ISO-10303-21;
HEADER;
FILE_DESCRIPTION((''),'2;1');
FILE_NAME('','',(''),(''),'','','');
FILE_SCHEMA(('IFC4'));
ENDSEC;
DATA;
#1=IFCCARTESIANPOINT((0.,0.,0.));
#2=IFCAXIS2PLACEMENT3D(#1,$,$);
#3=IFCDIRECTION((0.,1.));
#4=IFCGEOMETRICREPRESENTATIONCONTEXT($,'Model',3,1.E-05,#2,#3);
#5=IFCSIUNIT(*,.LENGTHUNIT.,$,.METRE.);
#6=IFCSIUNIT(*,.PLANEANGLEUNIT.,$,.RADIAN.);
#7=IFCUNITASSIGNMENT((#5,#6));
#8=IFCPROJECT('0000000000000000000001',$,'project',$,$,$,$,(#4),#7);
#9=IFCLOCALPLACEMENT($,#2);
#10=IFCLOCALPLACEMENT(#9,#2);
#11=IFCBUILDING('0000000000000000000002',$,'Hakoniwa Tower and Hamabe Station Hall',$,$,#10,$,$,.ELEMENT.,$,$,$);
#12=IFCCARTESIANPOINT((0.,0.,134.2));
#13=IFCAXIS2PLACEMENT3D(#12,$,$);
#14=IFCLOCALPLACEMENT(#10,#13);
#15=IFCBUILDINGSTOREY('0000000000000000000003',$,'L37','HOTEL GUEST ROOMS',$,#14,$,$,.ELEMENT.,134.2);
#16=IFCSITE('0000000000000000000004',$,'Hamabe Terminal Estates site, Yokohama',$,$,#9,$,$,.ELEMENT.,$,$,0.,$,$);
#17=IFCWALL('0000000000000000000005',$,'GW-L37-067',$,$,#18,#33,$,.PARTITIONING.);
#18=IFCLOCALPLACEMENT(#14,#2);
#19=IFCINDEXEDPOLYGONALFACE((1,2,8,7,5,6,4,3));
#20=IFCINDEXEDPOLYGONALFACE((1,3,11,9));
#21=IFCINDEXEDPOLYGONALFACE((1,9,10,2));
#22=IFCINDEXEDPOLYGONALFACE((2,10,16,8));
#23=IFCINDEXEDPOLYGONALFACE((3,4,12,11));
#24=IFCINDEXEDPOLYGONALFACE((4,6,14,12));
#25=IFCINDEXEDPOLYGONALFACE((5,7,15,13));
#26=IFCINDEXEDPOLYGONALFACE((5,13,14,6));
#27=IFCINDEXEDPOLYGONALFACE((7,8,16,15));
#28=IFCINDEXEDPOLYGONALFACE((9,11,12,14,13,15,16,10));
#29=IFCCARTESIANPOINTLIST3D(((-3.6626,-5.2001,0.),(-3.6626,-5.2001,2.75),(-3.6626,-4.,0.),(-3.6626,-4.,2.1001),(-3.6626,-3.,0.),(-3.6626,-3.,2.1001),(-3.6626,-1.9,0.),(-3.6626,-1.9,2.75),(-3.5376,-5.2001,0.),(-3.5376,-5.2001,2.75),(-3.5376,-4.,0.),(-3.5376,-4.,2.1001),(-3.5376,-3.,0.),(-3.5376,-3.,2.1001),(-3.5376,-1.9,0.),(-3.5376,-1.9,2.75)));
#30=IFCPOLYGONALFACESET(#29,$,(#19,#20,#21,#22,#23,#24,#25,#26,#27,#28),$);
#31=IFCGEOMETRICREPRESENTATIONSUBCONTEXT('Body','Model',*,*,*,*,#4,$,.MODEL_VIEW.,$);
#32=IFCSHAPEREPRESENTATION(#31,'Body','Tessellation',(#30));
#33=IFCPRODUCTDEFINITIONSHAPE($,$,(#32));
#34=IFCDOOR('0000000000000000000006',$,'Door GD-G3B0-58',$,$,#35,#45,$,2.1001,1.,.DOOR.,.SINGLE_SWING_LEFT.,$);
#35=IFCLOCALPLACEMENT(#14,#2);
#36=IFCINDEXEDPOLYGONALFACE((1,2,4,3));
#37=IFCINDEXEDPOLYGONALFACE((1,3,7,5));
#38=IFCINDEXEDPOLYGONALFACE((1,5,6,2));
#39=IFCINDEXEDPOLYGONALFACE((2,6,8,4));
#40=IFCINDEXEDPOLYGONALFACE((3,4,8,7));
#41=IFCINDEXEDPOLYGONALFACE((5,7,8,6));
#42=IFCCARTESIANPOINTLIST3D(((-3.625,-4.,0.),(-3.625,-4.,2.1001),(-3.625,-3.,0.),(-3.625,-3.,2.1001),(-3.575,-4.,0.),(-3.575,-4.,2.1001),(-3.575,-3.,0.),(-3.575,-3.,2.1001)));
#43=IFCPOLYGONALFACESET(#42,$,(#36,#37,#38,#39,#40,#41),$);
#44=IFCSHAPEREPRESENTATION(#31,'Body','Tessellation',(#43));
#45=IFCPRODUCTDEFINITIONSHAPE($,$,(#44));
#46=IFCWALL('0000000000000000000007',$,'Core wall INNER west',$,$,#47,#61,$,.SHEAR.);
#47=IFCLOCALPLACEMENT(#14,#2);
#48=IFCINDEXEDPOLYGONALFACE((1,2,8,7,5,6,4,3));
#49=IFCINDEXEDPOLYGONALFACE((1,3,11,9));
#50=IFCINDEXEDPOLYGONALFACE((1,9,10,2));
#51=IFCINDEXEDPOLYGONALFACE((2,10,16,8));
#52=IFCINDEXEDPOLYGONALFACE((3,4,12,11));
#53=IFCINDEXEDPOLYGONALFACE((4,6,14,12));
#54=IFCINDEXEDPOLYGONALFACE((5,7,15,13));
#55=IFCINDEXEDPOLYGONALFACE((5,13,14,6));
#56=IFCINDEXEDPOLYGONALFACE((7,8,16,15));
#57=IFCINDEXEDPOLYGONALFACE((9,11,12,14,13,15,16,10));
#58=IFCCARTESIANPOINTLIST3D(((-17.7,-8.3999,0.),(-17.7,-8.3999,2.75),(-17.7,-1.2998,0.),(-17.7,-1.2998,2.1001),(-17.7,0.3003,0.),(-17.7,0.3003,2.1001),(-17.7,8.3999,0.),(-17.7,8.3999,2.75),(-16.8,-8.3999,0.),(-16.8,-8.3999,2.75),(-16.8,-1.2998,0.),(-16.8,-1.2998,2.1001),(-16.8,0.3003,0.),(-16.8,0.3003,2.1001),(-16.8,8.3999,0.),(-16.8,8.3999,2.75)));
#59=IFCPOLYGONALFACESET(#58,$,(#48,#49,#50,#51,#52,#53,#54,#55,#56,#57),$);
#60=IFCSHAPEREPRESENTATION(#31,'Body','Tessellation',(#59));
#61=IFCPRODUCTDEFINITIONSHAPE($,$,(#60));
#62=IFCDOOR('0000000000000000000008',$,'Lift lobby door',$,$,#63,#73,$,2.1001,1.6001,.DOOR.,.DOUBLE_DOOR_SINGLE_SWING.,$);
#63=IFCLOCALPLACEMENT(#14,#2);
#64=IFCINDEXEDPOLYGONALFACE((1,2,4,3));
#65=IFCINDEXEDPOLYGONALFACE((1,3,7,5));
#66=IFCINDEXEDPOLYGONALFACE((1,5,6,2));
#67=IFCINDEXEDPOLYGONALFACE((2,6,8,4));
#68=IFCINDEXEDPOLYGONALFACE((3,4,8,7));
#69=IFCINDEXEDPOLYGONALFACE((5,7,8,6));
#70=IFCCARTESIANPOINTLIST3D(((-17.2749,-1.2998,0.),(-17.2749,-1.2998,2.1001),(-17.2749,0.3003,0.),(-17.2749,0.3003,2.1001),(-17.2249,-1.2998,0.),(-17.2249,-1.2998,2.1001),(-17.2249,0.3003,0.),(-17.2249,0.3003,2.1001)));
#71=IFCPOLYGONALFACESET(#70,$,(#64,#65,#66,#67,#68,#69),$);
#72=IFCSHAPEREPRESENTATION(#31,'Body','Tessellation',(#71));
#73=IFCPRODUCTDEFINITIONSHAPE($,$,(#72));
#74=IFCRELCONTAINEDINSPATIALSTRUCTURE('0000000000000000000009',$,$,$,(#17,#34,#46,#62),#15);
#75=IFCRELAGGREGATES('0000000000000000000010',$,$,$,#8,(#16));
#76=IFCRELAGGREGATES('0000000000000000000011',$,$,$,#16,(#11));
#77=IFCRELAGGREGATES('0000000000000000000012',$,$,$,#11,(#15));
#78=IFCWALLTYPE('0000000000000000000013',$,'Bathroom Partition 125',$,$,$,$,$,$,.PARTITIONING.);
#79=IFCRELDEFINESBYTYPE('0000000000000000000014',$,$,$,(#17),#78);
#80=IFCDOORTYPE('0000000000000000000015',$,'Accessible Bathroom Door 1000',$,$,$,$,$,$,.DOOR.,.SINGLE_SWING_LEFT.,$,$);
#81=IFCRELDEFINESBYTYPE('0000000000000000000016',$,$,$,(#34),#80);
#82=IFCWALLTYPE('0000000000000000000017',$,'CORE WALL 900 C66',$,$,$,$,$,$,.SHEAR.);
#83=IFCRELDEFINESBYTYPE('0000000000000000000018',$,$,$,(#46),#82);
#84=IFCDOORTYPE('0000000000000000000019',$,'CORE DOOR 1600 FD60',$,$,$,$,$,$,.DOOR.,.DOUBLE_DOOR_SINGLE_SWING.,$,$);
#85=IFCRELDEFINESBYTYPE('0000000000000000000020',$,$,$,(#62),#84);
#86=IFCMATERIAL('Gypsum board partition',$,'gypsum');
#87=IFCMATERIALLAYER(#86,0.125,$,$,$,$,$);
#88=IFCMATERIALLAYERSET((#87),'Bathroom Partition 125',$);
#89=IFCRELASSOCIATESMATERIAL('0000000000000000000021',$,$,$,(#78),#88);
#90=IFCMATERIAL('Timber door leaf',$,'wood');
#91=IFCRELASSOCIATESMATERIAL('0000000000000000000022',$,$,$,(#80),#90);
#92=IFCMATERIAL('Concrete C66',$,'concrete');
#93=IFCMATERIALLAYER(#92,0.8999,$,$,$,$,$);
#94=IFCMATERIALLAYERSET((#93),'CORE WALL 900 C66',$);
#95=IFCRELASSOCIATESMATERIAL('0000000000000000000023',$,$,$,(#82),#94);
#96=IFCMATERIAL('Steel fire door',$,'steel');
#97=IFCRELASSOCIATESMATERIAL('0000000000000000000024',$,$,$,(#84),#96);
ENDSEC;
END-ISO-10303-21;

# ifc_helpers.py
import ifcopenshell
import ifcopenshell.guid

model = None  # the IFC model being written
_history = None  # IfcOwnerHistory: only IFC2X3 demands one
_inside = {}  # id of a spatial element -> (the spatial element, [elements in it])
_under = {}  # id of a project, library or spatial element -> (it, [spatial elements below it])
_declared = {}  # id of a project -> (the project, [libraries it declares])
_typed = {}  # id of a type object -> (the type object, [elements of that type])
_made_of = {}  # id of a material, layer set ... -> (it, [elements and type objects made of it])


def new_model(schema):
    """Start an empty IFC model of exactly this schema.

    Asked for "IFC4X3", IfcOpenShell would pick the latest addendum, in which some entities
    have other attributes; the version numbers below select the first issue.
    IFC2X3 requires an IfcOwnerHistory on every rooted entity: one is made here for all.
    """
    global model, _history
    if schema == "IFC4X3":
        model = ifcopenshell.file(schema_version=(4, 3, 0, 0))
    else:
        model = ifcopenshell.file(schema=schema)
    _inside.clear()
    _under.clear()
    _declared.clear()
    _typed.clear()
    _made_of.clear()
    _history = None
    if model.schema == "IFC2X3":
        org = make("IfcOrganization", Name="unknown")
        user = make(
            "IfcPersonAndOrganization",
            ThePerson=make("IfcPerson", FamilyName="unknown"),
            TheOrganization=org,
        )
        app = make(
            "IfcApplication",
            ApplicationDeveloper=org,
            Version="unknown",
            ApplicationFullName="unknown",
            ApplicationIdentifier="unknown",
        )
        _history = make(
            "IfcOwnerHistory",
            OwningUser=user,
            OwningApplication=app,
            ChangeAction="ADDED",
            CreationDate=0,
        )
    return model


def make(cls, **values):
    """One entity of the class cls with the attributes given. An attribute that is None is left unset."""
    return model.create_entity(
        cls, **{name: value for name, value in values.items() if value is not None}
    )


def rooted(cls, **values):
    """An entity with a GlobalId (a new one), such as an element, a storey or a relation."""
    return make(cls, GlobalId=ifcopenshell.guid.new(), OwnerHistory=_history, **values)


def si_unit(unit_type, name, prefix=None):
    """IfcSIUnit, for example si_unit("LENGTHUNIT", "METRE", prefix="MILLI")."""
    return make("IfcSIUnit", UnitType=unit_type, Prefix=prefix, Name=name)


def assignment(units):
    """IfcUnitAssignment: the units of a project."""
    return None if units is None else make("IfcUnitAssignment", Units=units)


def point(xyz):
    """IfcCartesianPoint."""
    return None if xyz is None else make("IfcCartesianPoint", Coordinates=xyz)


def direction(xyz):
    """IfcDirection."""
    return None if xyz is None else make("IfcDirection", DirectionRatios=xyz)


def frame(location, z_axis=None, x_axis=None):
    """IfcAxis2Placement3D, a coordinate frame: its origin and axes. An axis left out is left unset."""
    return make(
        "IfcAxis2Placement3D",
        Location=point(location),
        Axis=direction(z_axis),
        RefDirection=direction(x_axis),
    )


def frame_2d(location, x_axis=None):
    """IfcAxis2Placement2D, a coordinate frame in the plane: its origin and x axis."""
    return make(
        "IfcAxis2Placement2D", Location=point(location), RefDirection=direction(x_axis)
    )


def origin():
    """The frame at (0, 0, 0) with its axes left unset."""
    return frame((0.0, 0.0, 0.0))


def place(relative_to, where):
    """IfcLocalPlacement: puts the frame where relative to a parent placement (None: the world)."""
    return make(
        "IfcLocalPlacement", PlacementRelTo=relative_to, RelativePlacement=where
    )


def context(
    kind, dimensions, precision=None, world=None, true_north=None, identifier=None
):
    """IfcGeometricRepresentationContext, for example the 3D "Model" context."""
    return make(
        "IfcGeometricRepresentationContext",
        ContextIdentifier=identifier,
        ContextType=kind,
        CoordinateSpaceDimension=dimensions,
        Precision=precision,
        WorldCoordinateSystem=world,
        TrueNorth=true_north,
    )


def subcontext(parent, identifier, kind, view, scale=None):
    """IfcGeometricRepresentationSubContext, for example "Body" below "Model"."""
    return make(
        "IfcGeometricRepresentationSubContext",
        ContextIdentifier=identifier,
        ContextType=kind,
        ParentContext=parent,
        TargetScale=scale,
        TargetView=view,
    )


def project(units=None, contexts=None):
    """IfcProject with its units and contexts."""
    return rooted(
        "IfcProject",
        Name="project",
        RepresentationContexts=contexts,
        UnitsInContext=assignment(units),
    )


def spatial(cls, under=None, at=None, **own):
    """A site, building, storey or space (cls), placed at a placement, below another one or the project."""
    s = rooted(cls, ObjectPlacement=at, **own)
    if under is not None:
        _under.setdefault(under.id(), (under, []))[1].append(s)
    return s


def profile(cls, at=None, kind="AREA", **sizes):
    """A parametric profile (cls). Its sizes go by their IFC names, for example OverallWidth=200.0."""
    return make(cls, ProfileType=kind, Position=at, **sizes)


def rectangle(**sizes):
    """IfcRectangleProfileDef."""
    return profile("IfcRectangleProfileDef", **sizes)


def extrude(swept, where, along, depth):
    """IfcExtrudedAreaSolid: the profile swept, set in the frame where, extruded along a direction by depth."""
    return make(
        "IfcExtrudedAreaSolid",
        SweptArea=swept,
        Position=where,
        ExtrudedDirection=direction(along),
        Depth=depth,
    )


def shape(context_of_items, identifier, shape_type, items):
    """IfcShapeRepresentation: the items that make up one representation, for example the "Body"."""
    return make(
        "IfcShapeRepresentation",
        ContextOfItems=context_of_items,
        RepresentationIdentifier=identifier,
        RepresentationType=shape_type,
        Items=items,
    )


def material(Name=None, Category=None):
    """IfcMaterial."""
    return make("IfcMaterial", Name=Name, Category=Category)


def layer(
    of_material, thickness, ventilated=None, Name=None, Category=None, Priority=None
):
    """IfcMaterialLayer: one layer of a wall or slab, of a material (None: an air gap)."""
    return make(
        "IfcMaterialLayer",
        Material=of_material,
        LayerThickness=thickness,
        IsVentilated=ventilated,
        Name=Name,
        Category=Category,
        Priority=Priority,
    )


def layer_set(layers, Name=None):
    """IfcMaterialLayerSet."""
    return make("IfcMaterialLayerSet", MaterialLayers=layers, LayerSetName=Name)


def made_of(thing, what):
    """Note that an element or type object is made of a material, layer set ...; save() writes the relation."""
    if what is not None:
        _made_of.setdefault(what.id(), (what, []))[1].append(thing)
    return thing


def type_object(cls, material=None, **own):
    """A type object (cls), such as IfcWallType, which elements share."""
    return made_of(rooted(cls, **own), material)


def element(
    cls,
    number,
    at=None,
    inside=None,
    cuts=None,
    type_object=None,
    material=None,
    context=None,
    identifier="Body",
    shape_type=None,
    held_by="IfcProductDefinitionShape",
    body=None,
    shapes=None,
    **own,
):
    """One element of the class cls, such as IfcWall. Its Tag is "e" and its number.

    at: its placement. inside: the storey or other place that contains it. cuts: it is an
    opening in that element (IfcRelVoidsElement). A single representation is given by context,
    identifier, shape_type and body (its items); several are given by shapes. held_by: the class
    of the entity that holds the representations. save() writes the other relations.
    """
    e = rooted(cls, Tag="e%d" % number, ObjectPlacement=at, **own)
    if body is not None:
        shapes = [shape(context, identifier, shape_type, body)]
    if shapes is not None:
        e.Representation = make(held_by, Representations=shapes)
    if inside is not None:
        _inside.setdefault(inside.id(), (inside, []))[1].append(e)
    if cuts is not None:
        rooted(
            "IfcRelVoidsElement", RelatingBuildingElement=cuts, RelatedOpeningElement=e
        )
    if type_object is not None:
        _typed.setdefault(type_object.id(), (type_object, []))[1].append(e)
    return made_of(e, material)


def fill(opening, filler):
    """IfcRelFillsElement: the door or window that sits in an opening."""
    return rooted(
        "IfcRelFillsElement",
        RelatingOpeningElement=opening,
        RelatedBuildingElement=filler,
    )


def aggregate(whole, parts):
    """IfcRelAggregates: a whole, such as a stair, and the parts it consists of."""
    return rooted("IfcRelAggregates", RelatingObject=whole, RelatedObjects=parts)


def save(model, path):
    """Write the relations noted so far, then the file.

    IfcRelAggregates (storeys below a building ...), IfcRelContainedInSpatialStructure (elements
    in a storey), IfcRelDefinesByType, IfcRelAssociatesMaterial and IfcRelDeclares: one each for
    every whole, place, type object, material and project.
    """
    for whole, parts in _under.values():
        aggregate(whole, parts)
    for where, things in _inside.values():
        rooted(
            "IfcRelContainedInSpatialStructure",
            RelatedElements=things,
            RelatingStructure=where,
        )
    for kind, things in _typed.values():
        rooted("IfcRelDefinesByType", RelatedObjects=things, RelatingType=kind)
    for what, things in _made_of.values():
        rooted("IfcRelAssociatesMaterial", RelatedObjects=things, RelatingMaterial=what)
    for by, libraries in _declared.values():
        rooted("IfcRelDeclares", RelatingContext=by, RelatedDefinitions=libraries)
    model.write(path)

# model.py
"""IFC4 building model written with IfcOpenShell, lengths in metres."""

from ifc_helpers import new_model, si_unit, direction, frame, frame_2d, origin, place, context, subcontext, project, spatial, rectangle, extrude, material, layer, layer_set, type_object, element, fill, save


model = new_model("IFC4")

# Units and contexts
model_context = context("Model", 3, precision=1e-05, world=origin(), true_north=direction((0.0, 1.0)))
body_context = subcontext(model_context, "Body", "Model", "MODEL_VIEW")
ifc_project = project(units=[si_unit("LENGTHUNIT", "METRE"), si_unit("PLANEANGLEUNIT", "RADIAN")], contexts=[model_context])

# Site, building, storey
site_placement = place(None, origin())
site = spatial("IfcSite", under=ifc_project, at=site_placement, Name="Hamabe Terminal Estates site, Yokohama", CompositionType="ELEMENT", RefElevation=0.0)
building_placement = place(site_placement, origin())
building = spatial("IfcBuilding", under=site, at=building_placement, Name="Hakoniwa Tower and Hamabe Station Hall", CompositionType="ELEMENT")
storey_placement = place(building_placement, frame((0.0, 0.0, 134.2)))
storey = spatial("IfcBuildingStorey", under=building, at=storey_placement, Name="L37", Description="HOTEL GUEST ROOMS", CompositionType="ELEMENT", Elevation=134.2)

# Shared definitions
ifc_material_1 = material(Name="Gypsum board partition", Category="gypsum")
ifc_layer_1 = layer(ifc_material_1, 0.125)
ifc_layer_set_1 = layer_set([ifc_layer_1], Name="Bathroom Partition 125")
wall_type_1 = type_object("IfcWallType", Name="Bathroom Partition 125", PredefinedType="PARTITIONING", material=ifc_layer_set_1)

# Walls, openings, doors
ifc_material_2 = material(Name="Timber door leaf", Category="wood")
door_type_1 = type_object("IfcDoorType", Name="Accessible Bathroom Door 1000", OperationType="SINGLE_SWING_LEFT", PredefinedType="DOOR", material=ifc_material_2)
wall_1_placement = place(storey_placement, frame((-3.6001, -5.2, 0.0), z_axis=(0.0, 0.0, 1.0), x_axis=(0.0, 1.0, 0.0)))
wall_1 = element("IfcWall", 1, at=wall_1_placement, inside=storey, type_object=wall_type_1, Name="GW-L37-067", PredefinedType="PARTITIONING", context=body_context, shape_type="SweptSolid", body=[
    extrude(rectangle(XDim=3.3, YDim=0.125, at=frame_2d((1.6499, 0.0))), origin(), (0.0, 0.0, 1.0), 2.75),
])
opening_1_placement = place(wall_1_placement, frame((1.2, 0.0, 0.0)))
opening_1 = element("IfcOpeningElement", 2, at=opening_1_placement, cuts=wall_1, PredefinedType="OPENING", context=body_context, shape_type="SweptSolid", body=[
    extrude(rectangle(XDim=1.0, YDim=2.1001, at=frame_2d((0.5, 1.05))), frame((0.0, 0.0725, 0.0), z_axis=(0.0, -1.0, 0.0), x_axis=(1.0, 0.0, 0.0)), (0.0, 0.0, 1.0), 0.145),
])
door_1_placement = place(opening_1_placement, origin())
door_1 = element("IfcDoor", 3, at=door_1_placement, inside=storey, type_object=door_type_1, Name="Door GD-G3B0-58", OperationType="SINGLE_SWING_LEFT", OverallHeight=2.1001, OverallWidth=1.0, PredefinedType="DOOR", context=body_context, shape_type="SweptSolid", body=[
    extrude(rectangle(XDim=1.0, YDim=2.1001, at=frame_2d((0.5, 1.05))), frame((0.0, 0.0249, 0.0), z_axis=(0.0, -1.0, 0.0), x_axis=(1.0, 0.0, 0.0)), (0.0, 0.0, 1.0), 0.05),
])
fill(opening_1, door_1)
ifc_material_3 = material(Name="Concrete C66", Category="concrete")
ifc_layer_2 = layer(ifc_material_3, 0.8999)
ifc_layer_set_2 = layer_set([ifc_layer_2], Name="CORE WALL 900 C66")
wall_type_2 = type_object("IfcWallType", Name="CORE WALL 900 C66", PredefinedType="SHEAR", material=ifc_layer_set_2)
wall_2_placement = place(storey_placement, frame((-17.25, -8.3999, 0.0), z_axis=(0.0, 0.0, 1.0), x_axis=(0.0, 1.0, 0.0)))
wall_2 = element("IfcWall", 4, at=wall_2_placement, inside=storey, type_object=wall_type_2, Name="Core wall INNER west", PredefinedType="SHEAR", context=body_context, shape_type="SweptSolid", body=[
    extrude(rectangle(XDim=16.7998, YDim=0.8999, at=frame_2d((8.3999, 0.0))), origin(), (0.0, 0.0, 1.0), 2.75),
])
opening_2_placement = place(wall_2_placement, frame((7.1001, 0.0, 0.0)))
opening_2 = element("IfcOpeningElement", 5, at=opening_2_placement, cuts=wall_2, PredefinedType="OPENING", context=body_context, shape_type="SweptSolid", body=[
    extrude(rectangle(XDim=1.6001, YDim=2.1001, at=frame_2d((0.8, 1.05))), frame((0.0, 0.46, 0.0), z_axis=(0.0, -1.0, 0.0), x_axis=(1.0, 0.0, 0.0)), (0.0, 0.0, 1.0), 0.9199),
])
ifc_material_4 = material(Name="Steel fire door", Category="steel")
door_type_2 = type_object("IfcDoorType", Name="CORE DOOR 1600 FD60", OperationType="DOUBLE_DOOR_SINGLE_SWING", PredefinedType="DOOR", material=ifc_material_4)
door_2_placement = place(opening_2_placement, origin())
door_2 = element("IfcDoor", 6, at=door_2_placement, inside=storey, type_object=door_type_2, Name="Lift lobby door", OperationType="DOUBLE_DOOR_SINGLE_SWING", OverallHeight=2.1001, OverallWidth=1.6001, PredefinedType="DOOR", context=body_context, shape_type="SweptSolid", body=[
    extrude(rectangle(XDim=1.6001, YDim=2.1001, at=frame_2d((0.8, 1.05))), frame((0.0, 0.0249, 0.0), z_axis=(0.0, -1.0, 0.0), x_axis=(1.0, 0.0, 0.0)), (0.0, 0.0, 1.0), 0.05),
])
fill(opening_2, door_2)

save(model, "model.ifc")
